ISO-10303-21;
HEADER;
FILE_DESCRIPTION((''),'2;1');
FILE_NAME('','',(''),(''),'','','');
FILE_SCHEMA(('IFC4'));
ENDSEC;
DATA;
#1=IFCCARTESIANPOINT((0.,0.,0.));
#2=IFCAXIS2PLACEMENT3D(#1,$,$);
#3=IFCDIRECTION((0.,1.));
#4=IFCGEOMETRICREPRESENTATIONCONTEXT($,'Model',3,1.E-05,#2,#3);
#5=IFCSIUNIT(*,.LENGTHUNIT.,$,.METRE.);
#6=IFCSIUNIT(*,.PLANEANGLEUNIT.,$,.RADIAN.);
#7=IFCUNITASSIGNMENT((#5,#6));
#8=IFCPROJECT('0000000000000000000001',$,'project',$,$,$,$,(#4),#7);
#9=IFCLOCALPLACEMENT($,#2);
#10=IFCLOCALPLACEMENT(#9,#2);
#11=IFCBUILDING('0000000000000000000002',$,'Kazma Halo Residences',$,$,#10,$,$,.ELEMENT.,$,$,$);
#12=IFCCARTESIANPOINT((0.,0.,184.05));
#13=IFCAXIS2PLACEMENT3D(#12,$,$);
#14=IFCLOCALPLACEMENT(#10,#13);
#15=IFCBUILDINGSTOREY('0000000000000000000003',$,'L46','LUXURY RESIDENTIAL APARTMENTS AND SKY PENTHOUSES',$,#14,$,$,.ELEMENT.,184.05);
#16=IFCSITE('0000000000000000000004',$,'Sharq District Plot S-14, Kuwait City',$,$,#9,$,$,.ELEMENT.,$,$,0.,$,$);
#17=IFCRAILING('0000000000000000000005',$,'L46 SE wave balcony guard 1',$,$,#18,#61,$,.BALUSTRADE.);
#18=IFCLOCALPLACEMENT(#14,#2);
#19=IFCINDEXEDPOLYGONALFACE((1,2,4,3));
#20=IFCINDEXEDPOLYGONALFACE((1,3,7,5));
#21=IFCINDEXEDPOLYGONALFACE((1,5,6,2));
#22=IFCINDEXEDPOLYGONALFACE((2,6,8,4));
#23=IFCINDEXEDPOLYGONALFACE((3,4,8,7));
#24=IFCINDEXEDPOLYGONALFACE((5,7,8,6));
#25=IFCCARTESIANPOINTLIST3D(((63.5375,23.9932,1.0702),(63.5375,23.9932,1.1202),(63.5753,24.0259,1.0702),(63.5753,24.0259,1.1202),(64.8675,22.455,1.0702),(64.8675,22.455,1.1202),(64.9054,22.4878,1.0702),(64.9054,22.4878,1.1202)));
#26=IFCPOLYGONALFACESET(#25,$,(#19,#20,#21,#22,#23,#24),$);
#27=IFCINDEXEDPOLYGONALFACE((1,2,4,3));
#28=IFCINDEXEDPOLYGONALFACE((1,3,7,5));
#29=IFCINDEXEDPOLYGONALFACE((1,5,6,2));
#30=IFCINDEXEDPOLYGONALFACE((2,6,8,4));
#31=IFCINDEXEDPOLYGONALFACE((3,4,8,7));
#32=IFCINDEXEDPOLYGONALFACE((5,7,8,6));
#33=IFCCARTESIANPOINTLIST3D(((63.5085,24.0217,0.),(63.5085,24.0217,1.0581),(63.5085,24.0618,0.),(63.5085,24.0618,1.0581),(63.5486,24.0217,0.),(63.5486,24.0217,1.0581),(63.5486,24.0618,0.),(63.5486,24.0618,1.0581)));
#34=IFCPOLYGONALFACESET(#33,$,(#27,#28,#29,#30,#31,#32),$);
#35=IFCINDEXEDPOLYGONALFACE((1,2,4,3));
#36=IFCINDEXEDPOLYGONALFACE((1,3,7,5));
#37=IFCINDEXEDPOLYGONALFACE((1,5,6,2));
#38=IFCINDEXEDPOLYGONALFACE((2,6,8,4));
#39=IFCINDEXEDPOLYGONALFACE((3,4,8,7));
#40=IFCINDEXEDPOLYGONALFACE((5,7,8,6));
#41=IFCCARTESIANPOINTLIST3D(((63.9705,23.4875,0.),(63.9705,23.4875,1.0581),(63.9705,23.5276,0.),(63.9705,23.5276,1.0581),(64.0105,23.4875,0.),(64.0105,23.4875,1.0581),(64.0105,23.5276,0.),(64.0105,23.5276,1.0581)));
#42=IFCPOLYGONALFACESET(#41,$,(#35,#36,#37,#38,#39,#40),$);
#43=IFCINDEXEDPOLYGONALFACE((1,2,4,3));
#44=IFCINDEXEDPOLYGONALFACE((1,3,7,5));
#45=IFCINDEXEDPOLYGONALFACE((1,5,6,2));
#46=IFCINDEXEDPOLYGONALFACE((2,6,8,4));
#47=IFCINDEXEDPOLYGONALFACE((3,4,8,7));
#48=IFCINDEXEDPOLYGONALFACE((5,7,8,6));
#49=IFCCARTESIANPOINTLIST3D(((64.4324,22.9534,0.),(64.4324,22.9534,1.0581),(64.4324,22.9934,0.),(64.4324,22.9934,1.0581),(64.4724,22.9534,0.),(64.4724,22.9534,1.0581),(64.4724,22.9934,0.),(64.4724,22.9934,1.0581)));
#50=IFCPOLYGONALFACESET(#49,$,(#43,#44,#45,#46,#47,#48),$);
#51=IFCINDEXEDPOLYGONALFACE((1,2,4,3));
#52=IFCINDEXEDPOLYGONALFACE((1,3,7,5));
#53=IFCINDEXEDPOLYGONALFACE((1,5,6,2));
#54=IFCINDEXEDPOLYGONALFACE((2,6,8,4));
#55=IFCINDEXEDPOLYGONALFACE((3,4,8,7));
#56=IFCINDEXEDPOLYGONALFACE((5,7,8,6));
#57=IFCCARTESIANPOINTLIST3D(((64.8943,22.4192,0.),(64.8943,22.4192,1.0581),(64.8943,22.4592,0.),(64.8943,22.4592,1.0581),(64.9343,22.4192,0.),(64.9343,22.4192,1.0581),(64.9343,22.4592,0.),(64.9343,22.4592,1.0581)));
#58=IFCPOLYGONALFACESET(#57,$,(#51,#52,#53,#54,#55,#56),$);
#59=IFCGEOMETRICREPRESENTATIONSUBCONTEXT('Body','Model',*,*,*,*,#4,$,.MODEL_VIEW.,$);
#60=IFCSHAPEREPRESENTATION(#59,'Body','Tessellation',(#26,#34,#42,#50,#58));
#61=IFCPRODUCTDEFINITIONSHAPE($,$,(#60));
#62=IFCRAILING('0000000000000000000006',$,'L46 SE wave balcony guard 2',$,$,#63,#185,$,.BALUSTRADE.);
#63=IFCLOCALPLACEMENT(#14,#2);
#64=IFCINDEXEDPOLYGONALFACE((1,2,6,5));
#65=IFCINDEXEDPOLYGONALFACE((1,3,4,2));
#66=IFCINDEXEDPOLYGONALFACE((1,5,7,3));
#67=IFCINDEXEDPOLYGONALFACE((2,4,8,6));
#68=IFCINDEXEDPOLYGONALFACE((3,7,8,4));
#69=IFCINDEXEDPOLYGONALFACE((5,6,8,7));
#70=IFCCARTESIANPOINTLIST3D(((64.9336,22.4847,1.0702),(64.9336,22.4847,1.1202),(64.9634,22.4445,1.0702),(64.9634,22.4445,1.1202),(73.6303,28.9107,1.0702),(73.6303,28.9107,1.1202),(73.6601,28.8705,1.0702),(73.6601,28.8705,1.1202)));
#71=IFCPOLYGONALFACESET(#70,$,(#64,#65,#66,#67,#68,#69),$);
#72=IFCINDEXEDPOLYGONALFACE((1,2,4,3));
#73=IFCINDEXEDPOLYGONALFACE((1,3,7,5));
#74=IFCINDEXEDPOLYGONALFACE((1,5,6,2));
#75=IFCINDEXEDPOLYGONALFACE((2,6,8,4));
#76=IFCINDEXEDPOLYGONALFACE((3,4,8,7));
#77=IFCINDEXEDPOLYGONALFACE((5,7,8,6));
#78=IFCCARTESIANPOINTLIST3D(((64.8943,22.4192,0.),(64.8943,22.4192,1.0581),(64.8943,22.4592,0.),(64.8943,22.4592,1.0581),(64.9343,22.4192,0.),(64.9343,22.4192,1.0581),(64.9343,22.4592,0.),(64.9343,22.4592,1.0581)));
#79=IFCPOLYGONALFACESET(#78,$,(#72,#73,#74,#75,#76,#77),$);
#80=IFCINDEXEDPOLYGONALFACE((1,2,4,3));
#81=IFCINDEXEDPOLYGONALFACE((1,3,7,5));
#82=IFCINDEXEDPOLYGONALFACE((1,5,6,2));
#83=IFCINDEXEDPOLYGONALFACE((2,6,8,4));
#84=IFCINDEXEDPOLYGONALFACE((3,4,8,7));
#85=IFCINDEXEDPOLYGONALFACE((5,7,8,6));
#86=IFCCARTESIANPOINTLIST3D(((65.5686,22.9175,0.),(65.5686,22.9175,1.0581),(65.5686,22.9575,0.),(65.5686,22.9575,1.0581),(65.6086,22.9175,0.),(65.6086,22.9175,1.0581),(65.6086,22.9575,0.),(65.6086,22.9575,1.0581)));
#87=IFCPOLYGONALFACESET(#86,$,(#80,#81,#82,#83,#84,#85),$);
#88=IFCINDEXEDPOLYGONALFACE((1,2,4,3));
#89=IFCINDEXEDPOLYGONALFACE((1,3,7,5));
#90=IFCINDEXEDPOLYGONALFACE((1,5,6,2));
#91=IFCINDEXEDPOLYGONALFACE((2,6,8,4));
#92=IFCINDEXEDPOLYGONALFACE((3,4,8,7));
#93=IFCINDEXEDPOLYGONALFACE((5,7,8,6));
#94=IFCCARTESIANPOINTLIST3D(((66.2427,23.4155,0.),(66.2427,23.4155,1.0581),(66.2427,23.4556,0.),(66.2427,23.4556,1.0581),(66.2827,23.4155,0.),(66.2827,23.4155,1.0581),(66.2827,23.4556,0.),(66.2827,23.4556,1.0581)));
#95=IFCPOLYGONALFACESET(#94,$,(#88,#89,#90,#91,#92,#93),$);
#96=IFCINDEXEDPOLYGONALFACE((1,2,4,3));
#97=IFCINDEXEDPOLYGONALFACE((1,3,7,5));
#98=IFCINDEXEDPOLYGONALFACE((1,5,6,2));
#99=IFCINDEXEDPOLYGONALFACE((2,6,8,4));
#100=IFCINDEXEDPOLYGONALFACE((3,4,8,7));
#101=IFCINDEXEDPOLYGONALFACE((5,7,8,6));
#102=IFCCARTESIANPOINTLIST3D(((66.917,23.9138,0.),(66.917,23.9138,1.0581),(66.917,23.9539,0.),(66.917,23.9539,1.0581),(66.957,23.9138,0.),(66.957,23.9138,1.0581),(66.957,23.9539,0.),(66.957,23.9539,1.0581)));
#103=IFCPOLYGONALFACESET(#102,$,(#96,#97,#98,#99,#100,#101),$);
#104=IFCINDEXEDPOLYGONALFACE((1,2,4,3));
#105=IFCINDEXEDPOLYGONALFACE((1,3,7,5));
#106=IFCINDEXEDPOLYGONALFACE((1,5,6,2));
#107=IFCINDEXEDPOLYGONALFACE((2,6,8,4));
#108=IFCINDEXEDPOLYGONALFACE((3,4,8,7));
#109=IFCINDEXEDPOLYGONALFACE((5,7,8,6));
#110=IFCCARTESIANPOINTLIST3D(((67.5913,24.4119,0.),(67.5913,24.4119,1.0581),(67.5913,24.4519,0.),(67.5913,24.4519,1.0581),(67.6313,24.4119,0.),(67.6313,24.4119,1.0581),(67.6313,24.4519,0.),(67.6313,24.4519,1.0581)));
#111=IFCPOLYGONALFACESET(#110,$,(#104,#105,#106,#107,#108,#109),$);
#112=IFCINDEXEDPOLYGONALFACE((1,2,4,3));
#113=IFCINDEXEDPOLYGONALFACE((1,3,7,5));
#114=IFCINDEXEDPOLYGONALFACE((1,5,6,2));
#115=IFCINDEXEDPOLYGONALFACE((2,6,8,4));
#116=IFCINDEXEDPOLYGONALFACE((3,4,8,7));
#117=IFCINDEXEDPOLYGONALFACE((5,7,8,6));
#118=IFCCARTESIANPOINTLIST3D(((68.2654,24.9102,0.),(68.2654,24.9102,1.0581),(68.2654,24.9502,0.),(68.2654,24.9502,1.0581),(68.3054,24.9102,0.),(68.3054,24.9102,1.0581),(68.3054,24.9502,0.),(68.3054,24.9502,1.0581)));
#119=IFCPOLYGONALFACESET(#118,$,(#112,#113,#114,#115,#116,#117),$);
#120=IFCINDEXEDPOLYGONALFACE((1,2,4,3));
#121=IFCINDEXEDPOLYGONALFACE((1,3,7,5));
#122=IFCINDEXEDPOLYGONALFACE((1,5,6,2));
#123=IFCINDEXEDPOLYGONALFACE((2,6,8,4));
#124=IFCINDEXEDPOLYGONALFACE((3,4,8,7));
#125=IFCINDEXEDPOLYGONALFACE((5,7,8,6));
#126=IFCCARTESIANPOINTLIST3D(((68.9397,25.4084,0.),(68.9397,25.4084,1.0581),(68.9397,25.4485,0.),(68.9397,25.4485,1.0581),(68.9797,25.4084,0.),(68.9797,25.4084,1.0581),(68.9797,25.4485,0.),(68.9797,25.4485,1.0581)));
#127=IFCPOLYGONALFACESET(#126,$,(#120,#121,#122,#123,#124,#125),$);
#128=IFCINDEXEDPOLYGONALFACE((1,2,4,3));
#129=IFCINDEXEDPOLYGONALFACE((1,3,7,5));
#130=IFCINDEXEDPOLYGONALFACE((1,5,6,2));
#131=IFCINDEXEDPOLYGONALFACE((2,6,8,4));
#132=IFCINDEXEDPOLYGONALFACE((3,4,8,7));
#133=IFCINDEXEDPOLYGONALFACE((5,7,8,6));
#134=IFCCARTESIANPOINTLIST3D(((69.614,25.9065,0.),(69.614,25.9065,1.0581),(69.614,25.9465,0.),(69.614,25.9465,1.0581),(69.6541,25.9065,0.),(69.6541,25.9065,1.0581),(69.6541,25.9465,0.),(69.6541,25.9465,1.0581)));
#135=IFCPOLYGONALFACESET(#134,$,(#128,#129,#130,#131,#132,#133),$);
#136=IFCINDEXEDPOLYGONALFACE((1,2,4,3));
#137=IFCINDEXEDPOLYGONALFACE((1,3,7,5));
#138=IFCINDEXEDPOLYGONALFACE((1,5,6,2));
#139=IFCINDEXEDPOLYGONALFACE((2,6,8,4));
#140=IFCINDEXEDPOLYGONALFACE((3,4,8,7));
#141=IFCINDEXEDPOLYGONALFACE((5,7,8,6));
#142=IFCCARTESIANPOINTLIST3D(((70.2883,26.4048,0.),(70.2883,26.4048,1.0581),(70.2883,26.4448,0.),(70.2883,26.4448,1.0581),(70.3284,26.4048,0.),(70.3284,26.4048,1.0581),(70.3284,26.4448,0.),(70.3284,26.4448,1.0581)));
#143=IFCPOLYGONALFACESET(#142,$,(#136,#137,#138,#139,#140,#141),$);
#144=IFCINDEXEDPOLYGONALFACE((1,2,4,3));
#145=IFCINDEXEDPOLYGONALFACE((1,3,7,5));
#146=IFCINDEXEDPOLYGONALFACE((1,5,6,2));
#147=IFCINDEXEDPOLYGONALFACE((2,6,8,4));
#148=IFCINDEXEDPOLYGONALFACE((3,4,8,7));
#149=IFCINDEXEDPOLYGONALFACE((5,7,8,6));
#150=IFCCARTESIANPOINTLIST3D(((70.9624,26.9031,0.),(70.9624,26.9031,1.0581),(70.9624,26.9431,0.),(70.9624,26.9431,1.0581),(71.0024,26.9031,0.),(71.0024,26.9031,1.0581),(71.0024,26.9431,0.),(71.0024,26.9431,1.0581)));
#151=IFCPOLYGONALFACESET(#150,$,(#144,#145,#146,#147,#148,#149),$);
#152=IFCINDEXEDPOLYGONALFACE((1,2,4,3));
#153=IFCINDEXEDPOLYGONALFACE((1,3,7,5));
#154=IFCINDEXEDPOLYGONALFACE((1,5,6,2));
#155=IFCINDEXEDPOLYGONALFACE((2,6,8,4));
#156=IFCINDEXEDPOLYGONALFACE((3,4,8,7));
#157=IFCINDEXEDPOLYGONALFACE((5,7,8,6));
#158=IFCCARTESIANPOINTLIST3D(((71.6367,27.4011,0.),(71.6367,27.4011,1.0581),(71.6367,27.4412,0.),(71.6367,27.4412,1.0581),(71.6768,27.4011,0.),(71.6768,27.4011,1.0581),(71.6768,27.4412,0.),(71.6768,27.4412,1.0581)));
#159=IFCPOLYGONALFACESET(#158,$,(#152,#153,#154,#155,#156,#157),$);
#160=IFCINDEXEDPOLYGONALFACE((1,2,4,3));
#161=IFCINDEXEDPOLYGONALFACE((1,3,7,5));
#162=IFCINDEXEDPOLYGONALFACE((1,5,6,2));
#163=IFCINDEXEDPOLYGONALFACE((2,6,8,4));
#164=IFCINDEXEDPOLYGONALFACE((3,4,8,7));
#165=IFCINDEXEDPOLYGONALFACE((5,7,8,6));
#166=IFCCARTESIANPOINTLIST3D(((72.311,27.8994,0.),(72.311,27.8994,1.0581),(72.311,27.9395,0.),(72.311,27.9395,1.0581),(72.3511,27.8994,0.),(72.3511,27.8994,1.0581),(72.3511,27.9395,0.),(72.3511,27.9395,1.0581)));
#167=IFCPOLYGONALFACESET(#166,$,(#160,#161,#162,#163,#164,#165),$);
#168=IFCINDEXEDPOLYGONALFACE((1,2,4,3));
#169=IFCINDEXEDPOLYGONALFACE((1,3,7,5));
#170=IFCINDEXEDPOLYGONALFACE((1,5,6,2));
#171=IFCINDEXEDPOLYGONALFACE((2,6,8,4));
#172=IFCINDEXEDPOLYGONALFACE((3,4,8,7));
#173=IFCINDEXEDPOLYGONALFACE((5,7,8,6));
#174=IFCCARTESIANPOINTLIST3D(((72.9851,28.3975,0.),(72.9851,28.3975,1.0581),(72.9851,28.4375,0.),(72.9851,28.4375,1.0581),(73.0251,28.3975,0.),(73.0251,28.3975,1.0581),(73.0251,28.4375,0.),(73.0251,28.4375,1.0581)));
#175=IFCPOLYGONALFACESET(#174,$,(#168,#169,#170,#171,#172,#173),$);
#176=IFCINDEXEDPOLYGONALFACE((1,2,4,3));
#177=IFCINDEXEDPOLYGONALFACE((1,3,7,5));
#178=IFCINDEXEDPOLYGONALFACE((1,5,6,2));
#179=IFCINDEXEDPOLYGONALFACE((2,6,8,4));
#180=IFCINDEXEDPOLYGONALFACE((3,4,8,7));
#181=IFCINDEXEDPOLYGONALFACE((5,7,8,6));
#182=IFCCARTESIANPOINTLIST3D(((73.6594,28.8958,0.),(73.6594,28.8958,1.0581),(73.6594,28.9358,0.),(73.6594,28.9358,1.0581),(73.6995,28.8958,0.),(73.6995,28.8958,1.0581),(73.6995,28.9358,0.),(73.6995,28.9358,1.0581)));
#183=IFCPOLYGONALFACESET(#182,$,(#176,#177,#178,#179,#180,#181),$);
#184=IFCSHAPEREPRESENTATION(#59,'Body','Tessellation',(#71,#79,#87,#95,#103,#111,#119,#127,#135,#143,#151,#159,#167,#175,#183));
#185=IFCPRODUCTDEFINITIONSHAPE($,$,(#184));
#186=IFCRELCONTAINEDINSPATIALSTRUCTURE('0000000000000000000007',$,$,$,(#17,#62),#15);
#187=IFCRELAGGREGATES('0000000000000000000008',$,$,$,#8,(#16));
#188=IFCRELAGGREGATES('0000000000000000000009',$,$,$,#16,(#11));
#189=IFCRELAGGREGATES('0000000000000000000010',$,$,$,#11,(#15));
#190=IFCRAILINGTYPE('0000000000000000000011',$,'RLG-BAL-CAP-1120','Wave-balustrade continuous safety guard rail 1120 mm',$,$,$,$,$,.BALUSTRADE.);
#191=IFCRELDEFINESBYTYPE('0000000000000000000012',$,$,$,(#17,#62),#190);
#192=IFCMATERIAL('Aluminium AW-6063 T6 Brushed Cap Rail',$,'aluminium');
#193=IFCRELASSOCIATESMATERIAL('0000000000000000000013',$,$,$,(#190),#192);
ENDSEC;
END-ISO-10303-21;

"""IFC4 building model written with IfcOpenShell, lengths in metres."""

from ifc_helpers import new_model, si_unit, direction, frame, origin, origin_2d, place, context, subcontext, project, spatial, rectangle, extrude, material, type_object, element, save


model = new_model("IFC4")

# Units and contexts
model_context = context("Model", 3, precision=1e-05, world=origin(), true_north=direction((0.0, 1.0)))
body_context = subcontext(model_context, "Body", "Model", "MODEL_VIEW")
ifc_project = project(units=[si_unit("LENGTHUNIT", "METRE"), si_unit("PLANEANGLEUNIT", "RADIAN")], contexts=[model_context])

# Site, building, storey
site_placement = place(None, origin())
site = spatial("IfcSite", under=ifc_project, at=site_placement, Name="Sharq District Plot S-14, Kuwait City", CompositionType="ELEMENT", RefElevation=0.0)
building_placement = place(site_placement, origin())
building = spatial("IfcBuilding", under=site, at=building_placement, Name="Kazma Halo Residences", CompositionType="ELEMENT")
storey_placement = place(building_placement, frame((0.0, 0.0, 184.05)))
storey = spatial("IfcBuildingStorey", under=building, at=storey_placement, Name="L46", Description="LUXURY RESIDENTIAL APARTMENTS AND SKY PENTHOUSES", CompositionType="ELEMENT", Elevation=184.05)

# Railings
ifc_material_1 = material(Name="Aluminium AW-6063 T6 Brushed Cap Rail", Category="aluminium")
railing_type = type_object("IfcRailingType", Name="RLG-BAL-CAP-1120", Description="Wave-balustrade continuous safety guard rail 1120 mm", PredefinedType="BALUSTRADE", material=ifc_material_1)
railing_1_placement = place(storey_placement, frame((63.5286, 24.0417, 0.0)))
element("IfcRailing", 1, at=railing_1_placement, inside=storey, type_object=railing_type, Name="L46 SE wave balcony guard 1", PredefinedType="BALUSTRADE", context=body_context, shape_type="SweptSolid", body=[
    extrude(rectangle(XDim=0.05, YDim=0.05, at=origin_2d()), frame((0.0278, -0.0322, 1.0952), z_axis=(0.654088, -0.756419, 0.0), x_axis=(0.756419, 0.654088, 0.0)), (0.0, 0.0, 1.0), 2.0334),
    extrude(rectangle(XDim=0.04, YDim=0.04, at=origin_2d()), origin(), (0.0, 0.0, 1.0), 1.0581),
    extrude(rectangle(XDim=0.04, YDim=0.04, at=origin_2d()), frame((0.4619, -0.5342, 0.0)), (0.0, 0.0, 1.0), 1.0581),
    extrude(rectangle(XDim=0.04, YDim=0.04, at=origin_2d()), frame((0.9238, -1.0684, 0.0)), (0.0, 0.0, 1.0), 1.0581),
    extrude(rectangle(XDim=0.04, YDim=0.04, at=origin_2d()), frame((1.3857, -1.6025, 0.0)), (0.0, 0.0, 1.0), 1.0581),
])
railing_2_placement = place(storey_placement, frame((64.9143, 22.4392, 0.0)))
element("IfcRailing", 2, at=railing_2_placement, inside=storey, type_object=railing_type, Name="L46 SE wave balcony guard 2", PredefinedType="BALUSTRADE", context=body_context, shape_type="SweptSolid", body=[
    extrude(rectangle(XDim=0.05, YDim=0.05, at=origin_2d()), frame((0.0342, 0.0254, 1.0952), z_axis=(0.804265, 0.594271, 0.0), x_axis=(-0.594271, 0.804265, 0.0)), (0.0, 0.0, 1.0), 10.8132),
    extrude(rectangle(XDim=0.04, YDim=0.04, at=origin_2d()), origin(), (0.0, 0.0, 1.0), 1.0581),
    extrude(rectangle(XDim=0.04, YDim=0.04, at=origin_2d()), frame((0.6743, 0.4983, 0.0)), (0.0, 0.0, 1.0), 1.0581),
    extrude(rectangle(XDim=0.04, YDim=0.04, at=origin_2d()), frame((1.3484, 0.9963, 0.0)), (0.0, 0.0, 1.0), 1.0581),
    extrude(rectangle(XDim=0.04, YDim=0.04, at=origin_2d()), frame((2.0227, 1.4946, 0.0)), (0.0, 0.0, 1.0), 1.0581),
    extrude(rectangle(XDim=0.04, YDim=0.04, at=origin_2d()), frame((2.697, 1.9927, 0.0)), (0.0, 0.0, 1.0), 1.0581),
    extrude(rectangle(XDim=0.04, YDim=0.04, at=origin_2d()), frame((3.3711, 2.491, 0.0)), (0.0, 0.0, 1.0), 1.0581),
    extrude(rectangle(XDim=0.04, YDim=0.04, at=origin_2d()), frame((4.0454, 2.9893, 0.0)), (0.0, 0.0, 1.0), 1.0581),
    extrude(rectangle(XDim=0.04, YDim=0.04, at=origin_2d()), frame((4.7197, 3.4873, 0.0)), (0.0, 0.0, 1.0), 1.0581),
    extrude(rectangle(XDim=0.04, YDim=0.04, at=origin_2d()), frame((5.394, 3.9856, 0.0)), (0.0, 0.0, 1.0), 1.0581),
    extrude(rectangle(XDim=0.04, YDim=0.04, at=origin_2d()), frame((6.0681, 4.4839, 0.0)), (0.0, 0.0, 1.0), 1.0581),
    extrude(rectangle(XDim=0.04, YDim=0.04, at=origin_2d()), frame((6.7424, 4.9819, 0.0)), (0.0, 0.0, 1.0), 1.0581),
    extrude(rectangle(XDim=0.04, YDim=0.04, at=origin_2d()), frame((7.4167, 5.4802, 0.0)), (0.0, 0.0, 1.0), 1.0581),
    extrude(rectangle(XDim=0.04, YDim=0.04, at=origin_2d()), frame((8.0908, 5.9783, 0.0)), (0.0, 0.0, 1.0), 1.0581),
    extrude(rectangle(XDim=0.04, YDim=0.04, at=origin_2d()), frame((8.7651, 6.4766, 0.0)), (0.0, 0.0, 1.0), 1.0581),
])

save(model, "model.ifc")
